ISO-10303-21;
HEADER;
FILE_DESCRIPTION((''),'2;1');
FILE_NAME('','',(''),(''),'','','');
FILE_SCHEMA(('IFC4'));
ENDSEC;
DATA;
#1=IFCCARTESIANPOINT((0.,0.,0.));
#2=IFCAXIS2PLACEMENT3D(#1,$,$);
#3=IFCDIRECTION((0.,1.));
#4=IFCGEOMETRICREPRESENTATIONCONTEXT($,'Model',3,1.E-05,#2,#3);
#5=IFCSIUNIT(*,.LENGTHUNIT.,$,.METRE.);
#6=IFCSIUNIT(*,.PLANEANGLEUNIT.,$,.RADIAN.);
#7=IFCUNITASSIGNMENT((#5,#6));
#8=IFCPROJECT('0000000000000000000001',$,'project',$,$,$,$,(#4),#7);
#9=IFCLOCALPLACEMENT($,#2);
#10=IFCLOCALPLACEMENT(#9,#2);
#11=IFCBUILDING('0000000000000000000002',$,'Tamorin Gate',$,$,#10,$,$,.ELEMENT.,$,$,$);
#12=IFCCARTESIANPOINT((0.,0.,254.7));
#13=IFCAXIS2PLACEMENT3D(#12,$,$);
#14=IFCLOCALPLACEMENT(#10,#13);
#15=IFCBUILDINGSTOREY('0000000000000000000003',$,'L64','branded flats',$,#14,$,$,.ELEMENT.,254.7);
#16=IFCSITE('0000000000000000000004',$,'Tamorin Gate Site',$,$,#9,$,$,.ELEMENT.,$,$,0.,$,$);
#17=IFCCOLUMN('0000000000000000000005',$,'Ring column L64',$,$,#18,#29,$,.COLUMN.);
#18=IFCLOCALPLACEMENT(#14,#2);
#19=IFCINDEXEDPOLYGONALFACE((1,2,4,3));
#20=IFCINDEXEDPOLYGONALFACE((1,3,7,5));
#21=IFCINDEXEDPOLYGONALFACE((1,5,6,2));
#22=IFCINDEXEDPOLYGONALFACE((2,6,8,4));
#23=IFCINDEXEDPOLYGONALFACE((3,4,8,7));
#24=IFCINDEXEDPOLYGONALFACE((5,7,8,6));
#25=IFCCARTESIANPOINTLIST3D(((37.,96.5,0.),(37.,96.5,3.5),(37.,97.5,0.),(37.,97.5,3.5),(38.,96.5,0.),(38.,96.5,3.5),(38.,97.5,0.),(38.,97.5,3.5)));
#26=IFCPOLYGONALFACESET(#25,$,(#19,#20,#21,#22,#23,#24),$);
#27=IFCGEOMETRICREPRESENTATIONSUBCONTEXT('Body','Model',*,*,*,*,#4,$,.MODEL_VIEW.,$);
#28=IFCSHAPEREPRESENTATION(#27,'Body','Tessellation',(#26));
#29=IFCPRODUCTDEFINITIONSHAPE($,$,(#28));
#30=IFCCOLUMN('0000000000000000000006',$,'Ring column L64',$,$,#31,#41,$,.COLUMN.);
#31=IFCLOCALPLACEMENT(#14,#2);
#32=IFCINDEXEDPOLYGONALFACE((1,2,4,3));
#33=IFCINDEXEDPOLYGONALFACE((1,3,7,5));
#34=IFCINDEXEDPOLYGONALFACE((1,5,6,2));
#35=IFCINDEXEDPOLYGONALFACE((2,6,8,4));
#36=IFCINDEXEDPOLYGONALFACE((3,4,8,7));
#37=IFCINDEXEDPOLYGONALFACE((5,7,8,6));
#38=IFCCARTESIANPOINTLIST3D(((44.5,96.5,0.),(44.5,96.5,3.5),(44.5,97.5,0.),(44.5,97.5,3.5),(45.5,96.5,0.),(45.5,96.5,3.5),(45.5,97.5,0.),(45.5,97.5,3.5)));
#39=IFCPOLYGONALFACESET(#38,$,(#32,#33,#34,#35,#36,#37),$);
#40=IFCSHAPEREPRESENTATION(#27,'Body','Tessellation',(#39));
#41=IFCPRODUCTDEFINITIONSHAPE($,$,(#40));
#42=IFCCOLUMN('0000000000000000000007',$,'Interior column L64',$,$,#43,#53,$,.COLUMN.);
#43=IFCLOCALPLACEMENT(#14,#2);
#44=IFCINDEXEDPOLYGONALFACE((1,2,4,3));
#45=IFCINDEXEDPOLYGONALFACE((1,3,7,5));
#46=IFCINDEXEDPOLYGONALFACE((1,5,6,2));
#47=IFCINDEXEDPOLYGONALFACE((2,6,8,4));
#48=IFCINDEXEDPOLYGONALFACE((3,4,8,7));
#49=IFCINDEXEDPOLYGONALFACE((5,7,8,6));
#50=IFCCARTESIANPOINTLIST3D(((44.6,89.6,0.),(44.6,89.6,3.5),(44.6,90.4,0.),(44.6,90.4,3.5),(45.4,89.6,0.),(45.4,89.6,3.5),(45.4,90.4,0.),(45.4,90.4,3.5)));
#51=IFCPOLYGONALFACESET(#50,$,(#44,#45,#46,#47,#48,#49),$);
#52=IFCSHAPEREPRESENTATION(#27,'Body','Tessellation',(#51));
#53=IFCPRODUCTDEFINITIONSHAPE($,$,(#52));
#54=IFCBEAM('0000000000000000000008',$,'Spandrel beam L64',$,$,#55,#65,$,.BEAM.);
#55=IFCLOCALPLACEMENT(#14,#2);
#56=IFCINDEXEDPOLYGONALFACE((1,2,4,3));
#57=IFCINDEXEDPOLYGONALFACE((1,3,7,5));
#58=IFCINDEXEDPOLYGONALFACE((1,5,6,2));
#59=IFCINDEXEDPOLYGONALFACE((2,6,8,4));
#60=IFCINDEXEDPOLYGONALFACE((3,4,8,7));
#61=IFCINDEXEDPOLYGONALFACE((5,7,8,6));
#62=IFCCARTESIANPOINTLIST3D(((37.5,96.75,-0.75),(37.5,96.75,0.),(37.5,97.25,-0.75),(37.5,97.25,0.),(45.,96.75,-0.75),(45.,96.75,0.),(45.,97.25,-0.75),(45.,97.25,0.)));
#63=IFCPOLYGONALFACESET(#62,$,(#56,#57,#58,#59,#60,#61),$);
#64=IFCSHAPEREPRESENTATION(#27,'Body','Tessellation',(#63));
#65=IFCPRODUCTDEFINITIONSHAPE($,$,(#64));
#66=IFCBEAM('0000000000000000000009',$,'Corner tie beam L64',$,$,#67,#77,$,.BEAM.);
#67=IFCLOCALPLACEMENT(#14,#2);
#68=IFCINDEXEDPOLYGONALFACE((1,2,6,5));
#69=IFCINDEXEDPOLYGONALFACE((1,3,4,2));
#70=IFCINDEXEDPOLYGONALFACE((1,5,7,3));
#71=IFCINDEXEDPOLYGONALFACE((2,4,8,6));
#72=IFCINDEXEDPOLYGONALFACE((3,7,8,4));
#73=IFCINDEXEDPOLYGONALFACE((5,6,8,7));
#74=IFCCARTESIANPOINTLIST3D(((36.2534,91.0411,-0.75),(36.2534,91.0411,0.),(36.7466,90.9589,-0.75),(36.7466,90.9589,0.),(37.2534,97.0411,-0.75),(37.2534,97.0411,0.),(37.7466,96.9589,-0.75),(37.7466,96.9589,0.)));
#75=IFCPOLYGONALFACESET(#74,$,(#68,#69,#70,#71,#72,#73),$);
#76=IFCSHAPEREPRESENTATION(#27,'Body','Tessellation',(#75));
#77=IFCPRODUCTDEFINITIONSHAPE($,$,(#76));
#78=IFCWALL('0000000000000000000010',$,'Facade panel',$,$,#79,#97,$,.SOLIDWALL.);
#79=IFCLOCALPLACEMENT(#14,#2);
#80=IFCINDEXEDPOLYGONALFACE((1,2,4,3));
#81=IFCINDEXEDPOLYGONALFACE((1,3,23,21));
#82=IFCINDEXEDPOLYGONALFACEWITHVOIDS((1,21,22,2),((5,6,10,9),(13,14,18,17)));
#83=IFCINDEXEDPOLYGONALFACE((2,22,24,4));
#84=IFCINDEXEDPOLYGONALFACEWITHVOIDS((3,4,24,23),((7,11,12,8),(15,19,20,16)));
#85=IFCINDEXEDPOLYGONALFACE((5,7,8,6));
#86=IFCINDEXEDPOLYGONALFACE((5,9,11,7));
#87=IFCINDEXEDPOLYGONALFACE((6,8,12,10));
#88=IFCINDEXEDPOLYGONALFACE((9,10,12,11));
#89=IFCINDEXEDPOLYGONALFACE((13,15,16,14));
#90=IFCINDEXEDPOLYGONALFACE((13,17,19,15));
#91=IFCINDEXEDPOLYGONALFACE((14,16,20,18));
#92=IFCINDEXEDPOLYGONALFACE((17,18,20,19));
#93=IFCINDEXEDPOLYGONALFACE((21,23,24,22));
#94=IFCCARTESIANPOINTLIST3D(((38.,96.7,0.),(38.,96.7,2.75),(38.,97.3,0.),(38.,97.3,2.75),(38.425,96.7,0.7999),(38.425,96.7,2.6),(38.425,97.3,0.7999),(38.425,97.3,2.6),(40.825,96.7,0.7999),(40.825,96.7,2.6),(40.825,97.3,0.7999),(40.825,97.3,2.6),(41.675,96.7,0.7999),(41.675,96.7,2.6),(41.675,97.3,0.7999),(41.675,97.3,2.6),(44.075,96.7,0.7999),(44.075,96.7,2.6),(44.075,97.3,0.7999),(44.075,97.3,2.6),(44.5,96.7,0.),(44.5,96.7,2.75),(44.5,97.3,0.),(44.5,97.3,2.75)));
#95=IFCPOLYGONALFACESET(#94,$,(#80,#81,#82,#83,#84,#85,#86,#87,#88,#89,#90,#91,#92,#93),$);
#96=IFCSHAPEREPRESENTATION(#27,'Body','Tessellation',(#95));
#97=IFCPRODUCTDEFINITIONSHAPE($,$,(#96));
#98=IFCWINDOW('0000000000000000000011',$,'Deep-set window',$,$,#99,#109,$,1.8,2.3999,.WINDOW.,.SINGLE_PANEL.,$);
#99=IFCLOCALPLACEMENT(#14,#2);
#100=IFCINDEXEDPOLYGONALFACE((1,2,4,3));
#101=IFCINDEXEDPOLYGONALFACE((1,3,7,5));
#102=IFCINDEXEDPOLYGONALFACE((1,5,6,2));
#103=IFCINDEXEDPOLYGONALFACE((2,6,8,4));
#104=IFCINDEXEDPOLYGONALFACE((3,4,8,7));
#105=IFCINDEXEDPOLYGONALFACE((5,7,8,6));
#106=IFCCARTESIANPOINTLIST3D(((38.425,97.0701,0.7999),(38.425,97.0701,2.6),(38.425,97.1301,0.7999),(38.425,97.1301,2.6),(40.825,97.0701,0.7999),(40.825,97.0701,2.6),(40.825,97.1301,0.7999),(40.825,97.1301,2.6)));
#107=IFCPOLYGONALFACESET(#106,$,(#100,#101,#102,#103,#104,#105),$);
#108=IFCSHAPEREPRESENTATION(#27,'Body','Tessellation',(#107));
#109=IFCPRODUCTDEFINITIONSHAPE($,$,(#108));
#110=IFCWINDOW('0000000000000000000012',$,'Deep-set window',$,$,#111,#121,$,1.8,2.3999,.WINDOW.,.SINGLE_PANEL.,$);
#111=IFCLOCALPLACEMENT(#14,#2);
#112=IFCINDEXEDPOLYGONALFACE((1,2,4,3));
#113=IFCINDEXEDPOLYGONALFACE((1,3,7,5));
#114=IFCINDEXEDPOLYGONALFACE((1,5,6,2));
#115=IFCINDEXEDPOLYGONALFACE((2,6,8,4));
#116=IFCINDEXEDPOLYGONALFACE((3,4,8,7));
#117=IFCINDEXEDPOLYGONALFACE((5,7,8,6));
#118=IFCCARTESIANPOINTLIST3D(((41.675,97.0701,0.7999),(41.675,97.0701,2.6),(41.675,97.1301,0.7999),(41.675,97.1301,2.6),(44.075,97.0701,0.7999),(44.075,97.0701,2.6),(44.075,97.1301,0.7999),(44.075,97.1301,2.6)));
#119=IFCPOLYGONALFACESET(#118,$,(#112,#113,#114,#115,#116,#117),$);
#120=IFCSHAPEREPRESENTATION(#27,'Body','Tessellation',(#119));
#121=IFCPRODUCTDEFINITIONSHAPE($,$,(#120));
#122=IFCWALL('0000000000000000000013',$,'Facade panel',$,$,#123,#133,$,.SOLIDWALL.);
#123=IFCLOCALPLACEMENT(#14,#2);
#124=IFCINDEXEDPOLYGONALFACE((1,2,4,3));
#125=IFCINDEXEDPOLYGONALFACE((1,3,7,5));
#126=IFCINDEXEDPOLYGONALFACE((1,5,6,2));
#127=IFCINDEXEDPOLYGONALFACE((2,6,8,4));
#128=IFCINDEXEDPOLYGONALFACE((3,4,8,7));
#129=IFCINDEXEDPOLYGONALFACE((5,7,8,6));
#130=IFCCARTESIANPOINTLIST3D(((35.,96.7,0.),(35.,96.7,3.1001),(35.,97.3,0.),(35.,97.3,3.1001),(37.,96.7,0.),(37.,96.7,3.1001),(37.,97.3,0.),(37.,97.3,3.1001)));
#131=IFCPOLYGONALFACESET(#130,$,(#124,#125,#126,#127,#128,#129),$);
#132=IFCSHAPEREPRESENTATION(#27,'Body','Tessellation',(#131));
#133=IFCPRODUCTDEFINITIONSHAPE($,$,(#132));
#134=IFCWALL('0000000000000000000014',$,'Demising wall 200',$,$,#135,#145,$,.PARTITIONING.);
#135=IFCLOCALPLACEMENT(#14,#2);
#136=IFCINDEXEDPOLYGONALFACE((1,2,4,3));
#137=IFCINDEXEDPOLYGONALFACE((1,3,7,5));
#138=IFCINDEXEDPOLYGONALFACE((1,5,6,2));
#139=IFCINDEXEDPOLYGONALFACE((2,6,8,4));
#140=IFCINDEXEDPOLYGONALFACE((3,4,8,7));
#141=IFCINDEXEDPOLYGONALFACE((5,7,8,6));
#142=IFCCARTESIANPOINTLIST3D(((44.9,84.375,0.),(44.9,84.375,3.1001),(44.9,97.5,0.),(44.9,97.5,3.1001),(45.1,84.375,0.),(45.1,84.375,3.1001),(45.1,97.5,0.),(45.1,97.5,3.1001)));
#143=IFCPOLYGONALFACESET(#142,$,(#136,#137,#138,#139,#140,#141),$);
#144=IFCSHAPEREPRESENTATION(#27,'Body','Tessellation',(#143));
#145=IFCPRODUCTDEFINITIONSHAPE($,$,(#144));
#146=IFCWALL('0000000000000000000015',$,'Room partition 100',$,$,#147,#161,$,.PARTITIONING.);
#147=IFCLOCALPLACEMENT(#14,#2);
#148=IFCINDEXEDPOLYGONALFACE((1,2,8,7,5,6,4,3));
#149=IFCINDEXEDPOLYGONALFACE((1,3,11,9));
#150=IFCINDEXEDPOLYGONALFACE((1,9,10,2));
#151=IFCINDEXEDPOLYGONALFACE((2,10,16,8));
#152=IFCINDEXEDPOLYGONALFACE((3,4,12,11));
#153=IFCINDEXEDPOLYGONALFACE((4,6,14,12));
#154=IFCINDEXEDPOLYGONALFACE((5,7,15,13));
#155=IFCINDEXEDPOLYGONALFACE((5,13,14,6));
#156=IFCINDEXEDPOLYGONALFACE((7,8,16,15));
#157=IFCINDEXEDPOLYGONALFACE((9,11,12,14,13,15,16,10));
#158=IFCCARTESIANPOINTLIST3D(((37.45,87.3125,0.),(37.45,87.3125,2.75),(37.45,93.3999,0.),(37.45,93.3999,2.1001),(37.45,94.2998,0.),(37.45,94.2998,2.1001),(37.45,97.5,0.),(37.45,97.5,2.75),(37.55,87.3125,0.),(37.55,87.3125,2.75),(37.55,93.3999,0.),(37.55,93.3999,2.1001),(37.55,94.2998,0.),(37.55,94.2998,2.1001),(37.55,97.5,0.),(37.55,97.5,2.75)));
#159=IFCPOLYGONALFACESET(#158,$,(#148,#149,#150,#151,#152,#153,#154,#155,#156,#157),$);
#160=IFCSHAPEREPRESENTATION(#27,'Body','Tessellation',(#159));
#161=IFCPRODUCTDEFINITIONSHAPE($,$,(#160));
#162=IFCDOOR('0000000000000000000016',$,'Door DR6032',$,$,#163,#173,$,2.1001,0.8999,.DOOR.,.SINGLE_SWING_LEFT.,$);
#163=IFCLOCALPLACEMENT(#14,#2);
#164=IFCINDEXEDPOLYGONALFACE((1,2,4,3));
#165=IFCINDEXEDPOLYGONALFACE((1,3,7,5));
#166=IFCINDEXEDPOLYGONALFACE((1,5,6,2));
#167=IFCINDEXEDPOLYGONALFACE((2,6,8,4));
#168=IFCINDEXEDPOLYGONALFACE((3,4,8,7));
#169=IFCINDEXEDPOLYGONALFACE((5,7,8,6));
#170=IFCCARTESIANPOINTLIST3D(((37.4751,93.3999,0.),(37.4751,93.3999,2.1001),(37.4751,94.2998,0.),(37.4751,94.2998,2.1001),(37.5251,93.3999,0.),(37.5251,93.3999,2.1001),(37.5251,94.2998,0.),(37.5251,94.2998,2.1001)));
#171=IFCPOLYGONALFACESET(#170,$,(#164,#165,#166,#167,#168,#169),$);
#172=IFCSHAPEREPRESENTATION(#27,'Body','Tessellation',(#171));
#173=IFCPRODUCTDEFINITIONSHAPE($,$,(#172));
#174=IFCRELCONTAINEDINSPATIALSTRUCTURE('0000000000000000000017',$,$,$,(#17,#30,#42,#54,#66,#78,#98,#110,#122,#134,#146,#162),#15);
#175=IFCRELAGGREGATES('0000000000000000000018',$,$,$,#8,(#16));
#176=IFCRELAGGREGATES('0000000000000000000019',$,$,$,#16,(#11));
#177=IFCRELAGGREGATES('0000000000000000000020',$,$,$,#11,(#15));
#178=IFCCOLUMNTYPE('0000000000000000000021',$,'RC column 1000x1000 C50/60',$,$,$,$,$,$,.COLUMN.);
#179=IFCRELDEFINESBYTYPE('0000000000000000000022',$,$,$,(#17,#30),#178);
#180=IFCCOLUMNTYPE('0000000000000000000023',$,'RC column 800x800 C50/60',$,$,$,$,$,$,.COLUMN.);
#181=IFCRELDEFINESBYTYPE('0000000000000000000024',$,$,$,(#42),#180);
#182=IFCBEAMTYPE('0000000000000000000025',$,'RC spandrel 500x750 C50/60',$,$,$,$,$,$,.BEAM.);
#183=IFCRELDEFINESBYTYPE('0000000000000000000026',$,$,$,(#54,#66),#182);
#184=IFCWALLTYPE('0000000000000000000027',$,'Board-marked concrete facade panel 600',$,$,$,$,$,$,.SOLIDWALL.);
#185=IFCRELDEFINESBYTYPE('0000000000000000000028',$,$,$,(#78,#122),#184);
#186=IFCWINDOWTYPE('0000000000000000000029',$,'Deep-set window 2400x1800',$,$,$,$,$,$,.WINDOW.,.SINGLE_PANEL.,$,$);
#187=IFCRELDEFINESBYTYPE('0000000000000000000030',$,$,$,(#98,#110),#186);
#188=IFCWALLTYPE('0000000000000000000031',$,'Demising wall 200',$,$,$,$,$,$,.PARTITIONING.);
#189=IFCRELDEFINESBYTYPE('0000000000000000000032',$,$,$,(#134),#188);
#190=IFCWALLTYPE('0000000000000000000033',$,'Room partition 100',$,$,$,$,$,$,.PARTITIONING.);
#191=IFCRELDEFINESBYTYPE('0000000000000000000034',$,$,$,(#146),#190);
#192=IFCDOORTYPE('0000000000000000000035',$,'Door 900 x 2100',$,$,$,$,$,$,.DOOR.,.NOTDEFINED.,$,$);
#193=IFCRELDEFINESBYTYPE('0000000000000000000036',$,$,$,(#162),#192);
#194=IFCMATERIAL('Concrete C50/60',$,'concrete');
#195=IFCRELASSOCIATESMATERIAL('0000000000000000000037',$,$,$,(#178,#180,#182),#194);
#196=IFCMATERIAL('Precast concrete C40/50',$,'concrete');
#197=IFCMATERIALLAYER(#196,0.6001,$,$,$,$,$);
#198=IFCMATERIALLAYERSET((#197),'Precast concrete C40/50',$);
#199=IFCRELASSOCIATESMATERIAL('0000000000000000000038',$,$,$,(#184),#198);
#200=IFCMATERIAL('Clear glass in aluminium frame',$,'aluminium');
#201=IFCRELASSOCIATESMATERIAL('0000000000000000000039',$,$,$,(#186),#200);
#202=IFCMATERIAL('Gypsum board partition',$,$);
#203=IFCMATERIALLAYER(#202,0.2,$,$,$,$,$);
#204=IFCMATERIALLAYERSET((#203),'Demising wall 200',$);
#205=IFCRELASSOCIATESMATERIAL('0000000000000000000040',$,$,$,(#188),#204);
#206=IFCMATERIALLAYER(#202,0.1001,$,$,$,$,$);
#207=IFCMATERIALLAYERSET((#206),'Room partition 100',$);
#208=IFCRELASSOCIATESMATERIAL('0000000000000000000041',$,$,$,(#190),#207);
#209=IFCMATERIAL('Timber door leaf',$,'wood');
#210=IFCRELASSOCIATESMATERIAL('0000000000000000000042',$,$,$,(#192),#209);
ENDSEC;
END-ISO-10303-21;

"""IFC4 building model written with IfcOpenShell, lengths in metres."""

from ifc_helpers import new_model, si_unit, direction, frame, frame_2d, origin, origin_2d, place, context, subcontext, project, spatial, rectangle, extrude, material, layer, layer_set, material_profile, profile_set, type_object, element, fill, save


model = new_model("IFC4")

# Units and contexts
model_context = context("Model", 3, precision=1e-05, world=origin(), true_north=direction((0.0, 1.0)))
body_context = subcontext(model_context, "Body", "Model", "MODEL_VIEW")
ifc_project = project(units=[si_unit("LENGTHUNIT", "METRE"), si_unit("PLANEANGLEUNIT", "RADIAN")], contexts=[model_context])

# Site, building, storey
site_placement = place(None, origin())
site = spatial("IfcSite", under=ifc_project, at=site_placement, Name="Tamorin Gate Site", CompositionType="ELEMENT", RefElevation=0.0)
building_placement = place(site_placement, origin())
building = spatial("IfcBuilding", under=site, at=building_placement, Name="Tamorin Gate", CompositionType="ELEMENT")
storey_placement = place(building_placement, frame((0.0, 0.0, 254.7)))
storey = spatial("IfcBuildingStorey", under=building, at=storey_placement, Name="L64", Description="branded flats", CompositionType="ELEMENT", Elevation=254.7)

# Columns
ifc_material_1 = material(Name="Concrete C50/60", Category="concrete")
ifc_material_profile_1 = material_profile(ifc_material_1, rectangle(XDim=1.0, YDim=1.0, at=origin_2d()), Name="RC 1000x1000")
ifc_profile_set_1 = profile_set([ifc_material_profile_1], Name="Concrete C50/60")
column_type_1 = type_object("IfcColumnType", Name="RC column 1000x1000 C50/60", PredefinedType="COLUMN", material=ifc_profile_set_1)
for number, where, z_axis, x_axis, name in (
    (1, (37.5, 97.0, 0.0), (0.0, 0.0, 1.0), (1.0, 0.0, 0.0), "Ring column L64"),
    (2, (45.0, 97.0, 0.0), (0.0, 0.0, 1.0), (1.0, 0.0, 0.0), "Ring column L64"),
):
    element("IfcColumn", number, at=place(storey_placement, frame(where, z_axis=z_axis, x_axis=x_axis)), inside=storey, type_object=column_type_1, Name=name, PredefinedType="COLUMN", context=body_context, shape_type="SweptSolid", body=[
        extrude(rectangle(XDim=1.0, YDim=1.0, at=origin_2d()), origin(), (0.0, 0.0, 1.0), 3.5),
    ])
ifc_material_profile_2 = material_profile(ifc_material_1, rectangle(XDim=0.8, YDim=0.8, at=origin_2d()), Name="RC 800x800")
ifc_profile_set_2 = profile_set([ifc_material_profile_2], Name="Concrete C50/60")
column_type_2 = type_object("IfcColumnType", Name="RC column 800x800 C50/60", PredefinedType="COLUMN", material=ifc_profile_set_2)
column_placement = place(storey_placement, frame((45.0, 90.0, 0.0), z_axis=(0.0, 0.0, 1.0), x_axis=(1.0, 0.0, 0.0)))
element("IfcColumn", 3, at=column_placement, inside=storey, type_object=column_type_2, Name="Interior column L64", PredefinedType="COLUMN", context=body_context, shape_type="SweptSolid", body=[
    extrude(rectangle(XDim=0.8, YDim=0.8, at=origin_2d()), origin(), (0.0, 0.0, 1.0), 3.5),
])

# Beams
ifc_material_profile_3 = material_profile(ifc_material_1, rectangle(XDim=0.5, YDim=0.75, at=origin_2d()), Name="RC 500x750")
ifc_profile_set_3 = profile_set([ifc_material_profile_3], Name="Concrete C50/60")
beam_type = type_object("IfcBeamType", Name="RC spandrel 500x750 C50/60", PredefinedType="BEAM", material=ifc_profile_set_3)
beam_1_placement = place(storey_placement, frame((45.0, 97.0, -0.375), z_axis=(-1.0, 0.0, 0.0), x_axis=(0.0, -1.0, 0.0)))
element("IfcBeam", 4, at=beam_1_placement, inside=storey, type_object=beam_type, Name="Spandrel beam L64", PredefinedType="BEAM", context=body_context, shape_type="SweptSolid", body=[
    extrude(rectangle(XDim=0.5, YDim=0.75, at=origin_2d()), origin(), (0.0, 0.0, 1.0), 7.5),
])
beam_2_placement = place(storey_placement, frame((36.5, 91.0, -0.375), z_axis=(0.164399, 0.986394, 0.0), x_axis=(-0.986394, 0.164399, 0.0)))
element("IfcBeam", 5, at=beam_2_placement, inside=storey, type_object=beam_type, Name="Corner tie beam L64", PredefinedType="BEAM", context=body_context, shape_type="SweptSolid", body=[
    extrude(rectangle(XDim=0.5, YDim=0.75, at=origin_2d()), origin(), (0.0, 0.0, 1.0), 6.0828),
])

# Wall, openings, windows
ifc_material_2 = material(Name="Precast concrete C40/50", Category="concrete")
ifc_layer_1 = layer(ifc_material_2, 0.6001)
ifc_layer_set_1 = layer_set([ifc_layer_1], Name="Precast concrete C40/50")
wall_type_1 = type_object("IfcWallType", Name="Board-marked concrete facade panel 600", PredefinedType="SOLIDWALL", material=ifc_layer_set_1)
wall_1_placement = place(storey_placement, frame((44.5, 97.0, 0.0), z_axis=(0.0, 0.0, 1.0), x_axis=(-1.0, 0.0, 0.0)))
wall_1 = element("IfcWall", 6, at=wall_1_placement, inside=storey, type_object=wall_type_1, Name="Facade panel", PredefinedType="SOLIDWALL", context=body_context, shape_type="SweptSolid", body=[
    extrude(rectangle(XDim=6.5, YDim=0.6001, at=frame_2d((3.25, 0.0))), origin(), (0.0, 0.0, 1.0), 2.75),
])
opening_1_placement = place(wall_1_placement, frame((3.675, 0.0, 0.8)))
opening_1 = element("IfcOpeningElement", 7, at=opening_1_placement, cuts=wall_1, PredefinedType="OPENING", context=body_context, shape_type="SweptSolid", body=[
    extrude(rectangle(XDim=2.3999, YDim=1.8, at=frame_2d((1.2, 0.8999))), frame((0.0, 0.3101, 0.0), z_axis=(0.0, -1.0, 0.0), x_axis=(1.0, 0.0, 0.0)), (0.0, 0.0, 1.0), 0.6201),
])
opening_2_placement = place(wall_1_placement, frame((0.425, 0.0, 0.8)))
opening_2 = element("IfcOpeningElement", 8, at=opening_2_placement, cuts=wall_1, PredefinedType="OPENING", context=body_context, shape_type="SweptSolid", body=[
    extrude(rectangle(XDim=2.3999, YDim=1.8, at=frame_2d((1.2, 0.8999))), frame((0.0, 0.3101, 0.0), z_axis=(0.0, -1.0, 0.0), x_axis=(1.0, 0.0, 0.0)), (0.0, 0.0, 1.0), 0.6201),
])
ifc_material_3 = material(Name="Clear glass in aluminium frame", Category="aluminium")
window_type = type_object("IfcWindowType", Name="Deep-set window 2400x1800", PartitioningType="SINGLE_PANEL", PredefinedType="WINDOW", material=ifc_material_3)
window_1_placement = place(opening_1_placement, origin())
window_1 = element("IfcWindow", 9, at=window_1_placement, inside=storey, type_object=window_type, Name="Deep-set window", OverallHeight=1.8, OverallWidth=2.3999, PartitioningType="SINGLE_PANEL", PredefinedType="WINDOW", context=body_context, shape_type="SweptSolid", body=[
    extrude(rectangle(XDim=2.3999, YDim=1.8, at=frame_2d((1.2, 0.8999))), frame((0.0, -0.0701, 0.0), z_axis=(0.0, -1.0, 0.0), x_axis=(1.0, 0.0, 0.0)), (0.0, 0.0, 1.0), 0.0601),
])
fill(opening_1, window_1)
window_2_placement = place(opening_2_placement, origin())
window_2 = element("IfcWindow", 10, at=window_2_placement, inside=storey, type_object=window_type, Name="Deep-set window", OverallHeight=1.8, OverallWidth=2.3999, PartitioningType="SINGLE_PANEL", PredefinedType="WINDOW", context=body_context, shape_type="SweptSolid", body=[
    extrude(rectangle(XDim=2.3999, YDim=1.8, at=frame_2d((1.2, 0.8999))), frame((0.0, -0.0701, 0.0), z_axis=(0.0, -1.0, 0.0), x_axis=(1.0, 0.0, 0.0)), (0.0, 0.0, 1.0), 0.0601),
])
fill(opening_2, window_2)

# Walls
wall_2_placement = place(storey_placement, frame((37.0, 97.0, 0.0), z_axis=(0.0, 0.0, 1.0), x_axis=(-1.0, 0.0, 0.0)))
element("IfcWall", 11, at=wall_2_placement, inside=storey, type_object=wall_type_1, Name="Facade panel", PredefinedType="SOLIDWALL", context=body_context, shape_type="SweptSolid", body=[
    extrude(rectangle(XDim=2.0, YDim=0.6001, at=frame_2d((1.0, 0.0))), origin(), (0.0, 0.0, 1.0), 3.1001),
])
ifc_material_4 = material(Name="Gypsum board partition")
ifc_layer_2 = layer(ifc_material_4, 0.2)
ifc_layer_set_2 = layer_set([ifc_layer_2], Name="Demising wall 200")
wall_type_2 = type_object("IfcWallType", Name="Demising wall 200", PredefinedType="PARTITIONING", material=ifc_layer_set_2)
wall_3_placement = place(storey_placement, frame((45.0, 84.375, 0.0), z_axis=(0.0, 0.0, 1.0), x_axis=(0.0, 1.0, 0.0)))
element("IfcWall", 12, at=wall_3_placement, inside=storey, type_object=wall_type_2, Name="Demising wall 200", PredefinedType="PARTITIONING", context=body_context, shape_type="SweptSolid", body=[
    extrude(rectangle(XDim=13.125, YDim=0.2, at=frame_2d((6.5625, 0.0))), origin(), (0.0, 0.0, 1.0), 3.1001),
])

# Wall, opening, door
ifc_layer_3 = layer(ifc_material_4, 0.1001)
ifc_layer_set_3 = layer_set([ifc_layer_3], Name="Room partition 100")
wall_type_3 = type_object("IfcWallType", Name="Room partition 100", PredefinedType="PARTITIONING", material=ifc_layer_set_3)
wall_4_placement = place(storey_placement, frame((37.5, 87.3125, 0.0), z_axis=(0.0, 0.0, 1.0), x_axis=(0.0, 1.0, 0.0)))
wall_4 = element("IfcWall", 13, at=wall_4_placement, inside=storey, type_object=wall_type_3, Name="Room partition 100", PredefinedType="PARTITIONING", context=body_context, shape_type="SweptSolid", body=[
    extrude(rectangle(XDim=10.1875, YDim=0.1001, at=frame_2d((5.0938, 0.0))), origin(), (0.0, 0.0, 1.0), 2.75),
])
opening_3_placement = place(wall_4_placement, frame((6.0874, 0.0, 0.0)))
opening_3 = element("IfcOpeningElement", 14, at=opening_3_placement, cuts=wall_4, PredefinedType="OPENING", context=body_context, shape_type="SweptSolid", body=[
    extrude(rectangle(XDim=0.8999, YDim=2.1001, at=frame_2d((0.45, 1.05))), frame((0.0, 0.0601, 0.0), z_axis=(0.0, -1.0, 0.0), x_axis=(1.0, 0.0, 0.0)), (0.0, 0.0, 1.0), 0.1201),
])
ifc_material_5 = material(Name="Timber door leaf", Category="wood")
door_type = type_object("IfcDoorType", Name="Door 900 x 2100", OperationType="NOTDEFINED", PredefinedType="DOOR", material=ifc_material_5)
door_1_placement = place(opening_3_placement, origin())
door_1 = element("IfcDoor", 15, at=door_1_placement, inside=storey, type_object=door_type, Name="Door DR6032", OperationType="SINGLE_SWING_LEFT", OverallHeight=2.1001, OverallWidth=0.8999, PredefinedType="DOOR", context=body_context, shape_type="SweptSolid", body=[
    extrude(rectangle(XDim=0.8999, YDim=2.1001, at=frame_2d((0.45, 1.05))), frame((0.0, 0.0249, 0.0), z_axis=(0.0, -1.0, 0.0), x_axis=(1.0, 0.0, 0.0)), (0.0, 0.0, 1.0), 0.05),
])
fill(opening_3, door_1)

save(model, "model.ifc")
